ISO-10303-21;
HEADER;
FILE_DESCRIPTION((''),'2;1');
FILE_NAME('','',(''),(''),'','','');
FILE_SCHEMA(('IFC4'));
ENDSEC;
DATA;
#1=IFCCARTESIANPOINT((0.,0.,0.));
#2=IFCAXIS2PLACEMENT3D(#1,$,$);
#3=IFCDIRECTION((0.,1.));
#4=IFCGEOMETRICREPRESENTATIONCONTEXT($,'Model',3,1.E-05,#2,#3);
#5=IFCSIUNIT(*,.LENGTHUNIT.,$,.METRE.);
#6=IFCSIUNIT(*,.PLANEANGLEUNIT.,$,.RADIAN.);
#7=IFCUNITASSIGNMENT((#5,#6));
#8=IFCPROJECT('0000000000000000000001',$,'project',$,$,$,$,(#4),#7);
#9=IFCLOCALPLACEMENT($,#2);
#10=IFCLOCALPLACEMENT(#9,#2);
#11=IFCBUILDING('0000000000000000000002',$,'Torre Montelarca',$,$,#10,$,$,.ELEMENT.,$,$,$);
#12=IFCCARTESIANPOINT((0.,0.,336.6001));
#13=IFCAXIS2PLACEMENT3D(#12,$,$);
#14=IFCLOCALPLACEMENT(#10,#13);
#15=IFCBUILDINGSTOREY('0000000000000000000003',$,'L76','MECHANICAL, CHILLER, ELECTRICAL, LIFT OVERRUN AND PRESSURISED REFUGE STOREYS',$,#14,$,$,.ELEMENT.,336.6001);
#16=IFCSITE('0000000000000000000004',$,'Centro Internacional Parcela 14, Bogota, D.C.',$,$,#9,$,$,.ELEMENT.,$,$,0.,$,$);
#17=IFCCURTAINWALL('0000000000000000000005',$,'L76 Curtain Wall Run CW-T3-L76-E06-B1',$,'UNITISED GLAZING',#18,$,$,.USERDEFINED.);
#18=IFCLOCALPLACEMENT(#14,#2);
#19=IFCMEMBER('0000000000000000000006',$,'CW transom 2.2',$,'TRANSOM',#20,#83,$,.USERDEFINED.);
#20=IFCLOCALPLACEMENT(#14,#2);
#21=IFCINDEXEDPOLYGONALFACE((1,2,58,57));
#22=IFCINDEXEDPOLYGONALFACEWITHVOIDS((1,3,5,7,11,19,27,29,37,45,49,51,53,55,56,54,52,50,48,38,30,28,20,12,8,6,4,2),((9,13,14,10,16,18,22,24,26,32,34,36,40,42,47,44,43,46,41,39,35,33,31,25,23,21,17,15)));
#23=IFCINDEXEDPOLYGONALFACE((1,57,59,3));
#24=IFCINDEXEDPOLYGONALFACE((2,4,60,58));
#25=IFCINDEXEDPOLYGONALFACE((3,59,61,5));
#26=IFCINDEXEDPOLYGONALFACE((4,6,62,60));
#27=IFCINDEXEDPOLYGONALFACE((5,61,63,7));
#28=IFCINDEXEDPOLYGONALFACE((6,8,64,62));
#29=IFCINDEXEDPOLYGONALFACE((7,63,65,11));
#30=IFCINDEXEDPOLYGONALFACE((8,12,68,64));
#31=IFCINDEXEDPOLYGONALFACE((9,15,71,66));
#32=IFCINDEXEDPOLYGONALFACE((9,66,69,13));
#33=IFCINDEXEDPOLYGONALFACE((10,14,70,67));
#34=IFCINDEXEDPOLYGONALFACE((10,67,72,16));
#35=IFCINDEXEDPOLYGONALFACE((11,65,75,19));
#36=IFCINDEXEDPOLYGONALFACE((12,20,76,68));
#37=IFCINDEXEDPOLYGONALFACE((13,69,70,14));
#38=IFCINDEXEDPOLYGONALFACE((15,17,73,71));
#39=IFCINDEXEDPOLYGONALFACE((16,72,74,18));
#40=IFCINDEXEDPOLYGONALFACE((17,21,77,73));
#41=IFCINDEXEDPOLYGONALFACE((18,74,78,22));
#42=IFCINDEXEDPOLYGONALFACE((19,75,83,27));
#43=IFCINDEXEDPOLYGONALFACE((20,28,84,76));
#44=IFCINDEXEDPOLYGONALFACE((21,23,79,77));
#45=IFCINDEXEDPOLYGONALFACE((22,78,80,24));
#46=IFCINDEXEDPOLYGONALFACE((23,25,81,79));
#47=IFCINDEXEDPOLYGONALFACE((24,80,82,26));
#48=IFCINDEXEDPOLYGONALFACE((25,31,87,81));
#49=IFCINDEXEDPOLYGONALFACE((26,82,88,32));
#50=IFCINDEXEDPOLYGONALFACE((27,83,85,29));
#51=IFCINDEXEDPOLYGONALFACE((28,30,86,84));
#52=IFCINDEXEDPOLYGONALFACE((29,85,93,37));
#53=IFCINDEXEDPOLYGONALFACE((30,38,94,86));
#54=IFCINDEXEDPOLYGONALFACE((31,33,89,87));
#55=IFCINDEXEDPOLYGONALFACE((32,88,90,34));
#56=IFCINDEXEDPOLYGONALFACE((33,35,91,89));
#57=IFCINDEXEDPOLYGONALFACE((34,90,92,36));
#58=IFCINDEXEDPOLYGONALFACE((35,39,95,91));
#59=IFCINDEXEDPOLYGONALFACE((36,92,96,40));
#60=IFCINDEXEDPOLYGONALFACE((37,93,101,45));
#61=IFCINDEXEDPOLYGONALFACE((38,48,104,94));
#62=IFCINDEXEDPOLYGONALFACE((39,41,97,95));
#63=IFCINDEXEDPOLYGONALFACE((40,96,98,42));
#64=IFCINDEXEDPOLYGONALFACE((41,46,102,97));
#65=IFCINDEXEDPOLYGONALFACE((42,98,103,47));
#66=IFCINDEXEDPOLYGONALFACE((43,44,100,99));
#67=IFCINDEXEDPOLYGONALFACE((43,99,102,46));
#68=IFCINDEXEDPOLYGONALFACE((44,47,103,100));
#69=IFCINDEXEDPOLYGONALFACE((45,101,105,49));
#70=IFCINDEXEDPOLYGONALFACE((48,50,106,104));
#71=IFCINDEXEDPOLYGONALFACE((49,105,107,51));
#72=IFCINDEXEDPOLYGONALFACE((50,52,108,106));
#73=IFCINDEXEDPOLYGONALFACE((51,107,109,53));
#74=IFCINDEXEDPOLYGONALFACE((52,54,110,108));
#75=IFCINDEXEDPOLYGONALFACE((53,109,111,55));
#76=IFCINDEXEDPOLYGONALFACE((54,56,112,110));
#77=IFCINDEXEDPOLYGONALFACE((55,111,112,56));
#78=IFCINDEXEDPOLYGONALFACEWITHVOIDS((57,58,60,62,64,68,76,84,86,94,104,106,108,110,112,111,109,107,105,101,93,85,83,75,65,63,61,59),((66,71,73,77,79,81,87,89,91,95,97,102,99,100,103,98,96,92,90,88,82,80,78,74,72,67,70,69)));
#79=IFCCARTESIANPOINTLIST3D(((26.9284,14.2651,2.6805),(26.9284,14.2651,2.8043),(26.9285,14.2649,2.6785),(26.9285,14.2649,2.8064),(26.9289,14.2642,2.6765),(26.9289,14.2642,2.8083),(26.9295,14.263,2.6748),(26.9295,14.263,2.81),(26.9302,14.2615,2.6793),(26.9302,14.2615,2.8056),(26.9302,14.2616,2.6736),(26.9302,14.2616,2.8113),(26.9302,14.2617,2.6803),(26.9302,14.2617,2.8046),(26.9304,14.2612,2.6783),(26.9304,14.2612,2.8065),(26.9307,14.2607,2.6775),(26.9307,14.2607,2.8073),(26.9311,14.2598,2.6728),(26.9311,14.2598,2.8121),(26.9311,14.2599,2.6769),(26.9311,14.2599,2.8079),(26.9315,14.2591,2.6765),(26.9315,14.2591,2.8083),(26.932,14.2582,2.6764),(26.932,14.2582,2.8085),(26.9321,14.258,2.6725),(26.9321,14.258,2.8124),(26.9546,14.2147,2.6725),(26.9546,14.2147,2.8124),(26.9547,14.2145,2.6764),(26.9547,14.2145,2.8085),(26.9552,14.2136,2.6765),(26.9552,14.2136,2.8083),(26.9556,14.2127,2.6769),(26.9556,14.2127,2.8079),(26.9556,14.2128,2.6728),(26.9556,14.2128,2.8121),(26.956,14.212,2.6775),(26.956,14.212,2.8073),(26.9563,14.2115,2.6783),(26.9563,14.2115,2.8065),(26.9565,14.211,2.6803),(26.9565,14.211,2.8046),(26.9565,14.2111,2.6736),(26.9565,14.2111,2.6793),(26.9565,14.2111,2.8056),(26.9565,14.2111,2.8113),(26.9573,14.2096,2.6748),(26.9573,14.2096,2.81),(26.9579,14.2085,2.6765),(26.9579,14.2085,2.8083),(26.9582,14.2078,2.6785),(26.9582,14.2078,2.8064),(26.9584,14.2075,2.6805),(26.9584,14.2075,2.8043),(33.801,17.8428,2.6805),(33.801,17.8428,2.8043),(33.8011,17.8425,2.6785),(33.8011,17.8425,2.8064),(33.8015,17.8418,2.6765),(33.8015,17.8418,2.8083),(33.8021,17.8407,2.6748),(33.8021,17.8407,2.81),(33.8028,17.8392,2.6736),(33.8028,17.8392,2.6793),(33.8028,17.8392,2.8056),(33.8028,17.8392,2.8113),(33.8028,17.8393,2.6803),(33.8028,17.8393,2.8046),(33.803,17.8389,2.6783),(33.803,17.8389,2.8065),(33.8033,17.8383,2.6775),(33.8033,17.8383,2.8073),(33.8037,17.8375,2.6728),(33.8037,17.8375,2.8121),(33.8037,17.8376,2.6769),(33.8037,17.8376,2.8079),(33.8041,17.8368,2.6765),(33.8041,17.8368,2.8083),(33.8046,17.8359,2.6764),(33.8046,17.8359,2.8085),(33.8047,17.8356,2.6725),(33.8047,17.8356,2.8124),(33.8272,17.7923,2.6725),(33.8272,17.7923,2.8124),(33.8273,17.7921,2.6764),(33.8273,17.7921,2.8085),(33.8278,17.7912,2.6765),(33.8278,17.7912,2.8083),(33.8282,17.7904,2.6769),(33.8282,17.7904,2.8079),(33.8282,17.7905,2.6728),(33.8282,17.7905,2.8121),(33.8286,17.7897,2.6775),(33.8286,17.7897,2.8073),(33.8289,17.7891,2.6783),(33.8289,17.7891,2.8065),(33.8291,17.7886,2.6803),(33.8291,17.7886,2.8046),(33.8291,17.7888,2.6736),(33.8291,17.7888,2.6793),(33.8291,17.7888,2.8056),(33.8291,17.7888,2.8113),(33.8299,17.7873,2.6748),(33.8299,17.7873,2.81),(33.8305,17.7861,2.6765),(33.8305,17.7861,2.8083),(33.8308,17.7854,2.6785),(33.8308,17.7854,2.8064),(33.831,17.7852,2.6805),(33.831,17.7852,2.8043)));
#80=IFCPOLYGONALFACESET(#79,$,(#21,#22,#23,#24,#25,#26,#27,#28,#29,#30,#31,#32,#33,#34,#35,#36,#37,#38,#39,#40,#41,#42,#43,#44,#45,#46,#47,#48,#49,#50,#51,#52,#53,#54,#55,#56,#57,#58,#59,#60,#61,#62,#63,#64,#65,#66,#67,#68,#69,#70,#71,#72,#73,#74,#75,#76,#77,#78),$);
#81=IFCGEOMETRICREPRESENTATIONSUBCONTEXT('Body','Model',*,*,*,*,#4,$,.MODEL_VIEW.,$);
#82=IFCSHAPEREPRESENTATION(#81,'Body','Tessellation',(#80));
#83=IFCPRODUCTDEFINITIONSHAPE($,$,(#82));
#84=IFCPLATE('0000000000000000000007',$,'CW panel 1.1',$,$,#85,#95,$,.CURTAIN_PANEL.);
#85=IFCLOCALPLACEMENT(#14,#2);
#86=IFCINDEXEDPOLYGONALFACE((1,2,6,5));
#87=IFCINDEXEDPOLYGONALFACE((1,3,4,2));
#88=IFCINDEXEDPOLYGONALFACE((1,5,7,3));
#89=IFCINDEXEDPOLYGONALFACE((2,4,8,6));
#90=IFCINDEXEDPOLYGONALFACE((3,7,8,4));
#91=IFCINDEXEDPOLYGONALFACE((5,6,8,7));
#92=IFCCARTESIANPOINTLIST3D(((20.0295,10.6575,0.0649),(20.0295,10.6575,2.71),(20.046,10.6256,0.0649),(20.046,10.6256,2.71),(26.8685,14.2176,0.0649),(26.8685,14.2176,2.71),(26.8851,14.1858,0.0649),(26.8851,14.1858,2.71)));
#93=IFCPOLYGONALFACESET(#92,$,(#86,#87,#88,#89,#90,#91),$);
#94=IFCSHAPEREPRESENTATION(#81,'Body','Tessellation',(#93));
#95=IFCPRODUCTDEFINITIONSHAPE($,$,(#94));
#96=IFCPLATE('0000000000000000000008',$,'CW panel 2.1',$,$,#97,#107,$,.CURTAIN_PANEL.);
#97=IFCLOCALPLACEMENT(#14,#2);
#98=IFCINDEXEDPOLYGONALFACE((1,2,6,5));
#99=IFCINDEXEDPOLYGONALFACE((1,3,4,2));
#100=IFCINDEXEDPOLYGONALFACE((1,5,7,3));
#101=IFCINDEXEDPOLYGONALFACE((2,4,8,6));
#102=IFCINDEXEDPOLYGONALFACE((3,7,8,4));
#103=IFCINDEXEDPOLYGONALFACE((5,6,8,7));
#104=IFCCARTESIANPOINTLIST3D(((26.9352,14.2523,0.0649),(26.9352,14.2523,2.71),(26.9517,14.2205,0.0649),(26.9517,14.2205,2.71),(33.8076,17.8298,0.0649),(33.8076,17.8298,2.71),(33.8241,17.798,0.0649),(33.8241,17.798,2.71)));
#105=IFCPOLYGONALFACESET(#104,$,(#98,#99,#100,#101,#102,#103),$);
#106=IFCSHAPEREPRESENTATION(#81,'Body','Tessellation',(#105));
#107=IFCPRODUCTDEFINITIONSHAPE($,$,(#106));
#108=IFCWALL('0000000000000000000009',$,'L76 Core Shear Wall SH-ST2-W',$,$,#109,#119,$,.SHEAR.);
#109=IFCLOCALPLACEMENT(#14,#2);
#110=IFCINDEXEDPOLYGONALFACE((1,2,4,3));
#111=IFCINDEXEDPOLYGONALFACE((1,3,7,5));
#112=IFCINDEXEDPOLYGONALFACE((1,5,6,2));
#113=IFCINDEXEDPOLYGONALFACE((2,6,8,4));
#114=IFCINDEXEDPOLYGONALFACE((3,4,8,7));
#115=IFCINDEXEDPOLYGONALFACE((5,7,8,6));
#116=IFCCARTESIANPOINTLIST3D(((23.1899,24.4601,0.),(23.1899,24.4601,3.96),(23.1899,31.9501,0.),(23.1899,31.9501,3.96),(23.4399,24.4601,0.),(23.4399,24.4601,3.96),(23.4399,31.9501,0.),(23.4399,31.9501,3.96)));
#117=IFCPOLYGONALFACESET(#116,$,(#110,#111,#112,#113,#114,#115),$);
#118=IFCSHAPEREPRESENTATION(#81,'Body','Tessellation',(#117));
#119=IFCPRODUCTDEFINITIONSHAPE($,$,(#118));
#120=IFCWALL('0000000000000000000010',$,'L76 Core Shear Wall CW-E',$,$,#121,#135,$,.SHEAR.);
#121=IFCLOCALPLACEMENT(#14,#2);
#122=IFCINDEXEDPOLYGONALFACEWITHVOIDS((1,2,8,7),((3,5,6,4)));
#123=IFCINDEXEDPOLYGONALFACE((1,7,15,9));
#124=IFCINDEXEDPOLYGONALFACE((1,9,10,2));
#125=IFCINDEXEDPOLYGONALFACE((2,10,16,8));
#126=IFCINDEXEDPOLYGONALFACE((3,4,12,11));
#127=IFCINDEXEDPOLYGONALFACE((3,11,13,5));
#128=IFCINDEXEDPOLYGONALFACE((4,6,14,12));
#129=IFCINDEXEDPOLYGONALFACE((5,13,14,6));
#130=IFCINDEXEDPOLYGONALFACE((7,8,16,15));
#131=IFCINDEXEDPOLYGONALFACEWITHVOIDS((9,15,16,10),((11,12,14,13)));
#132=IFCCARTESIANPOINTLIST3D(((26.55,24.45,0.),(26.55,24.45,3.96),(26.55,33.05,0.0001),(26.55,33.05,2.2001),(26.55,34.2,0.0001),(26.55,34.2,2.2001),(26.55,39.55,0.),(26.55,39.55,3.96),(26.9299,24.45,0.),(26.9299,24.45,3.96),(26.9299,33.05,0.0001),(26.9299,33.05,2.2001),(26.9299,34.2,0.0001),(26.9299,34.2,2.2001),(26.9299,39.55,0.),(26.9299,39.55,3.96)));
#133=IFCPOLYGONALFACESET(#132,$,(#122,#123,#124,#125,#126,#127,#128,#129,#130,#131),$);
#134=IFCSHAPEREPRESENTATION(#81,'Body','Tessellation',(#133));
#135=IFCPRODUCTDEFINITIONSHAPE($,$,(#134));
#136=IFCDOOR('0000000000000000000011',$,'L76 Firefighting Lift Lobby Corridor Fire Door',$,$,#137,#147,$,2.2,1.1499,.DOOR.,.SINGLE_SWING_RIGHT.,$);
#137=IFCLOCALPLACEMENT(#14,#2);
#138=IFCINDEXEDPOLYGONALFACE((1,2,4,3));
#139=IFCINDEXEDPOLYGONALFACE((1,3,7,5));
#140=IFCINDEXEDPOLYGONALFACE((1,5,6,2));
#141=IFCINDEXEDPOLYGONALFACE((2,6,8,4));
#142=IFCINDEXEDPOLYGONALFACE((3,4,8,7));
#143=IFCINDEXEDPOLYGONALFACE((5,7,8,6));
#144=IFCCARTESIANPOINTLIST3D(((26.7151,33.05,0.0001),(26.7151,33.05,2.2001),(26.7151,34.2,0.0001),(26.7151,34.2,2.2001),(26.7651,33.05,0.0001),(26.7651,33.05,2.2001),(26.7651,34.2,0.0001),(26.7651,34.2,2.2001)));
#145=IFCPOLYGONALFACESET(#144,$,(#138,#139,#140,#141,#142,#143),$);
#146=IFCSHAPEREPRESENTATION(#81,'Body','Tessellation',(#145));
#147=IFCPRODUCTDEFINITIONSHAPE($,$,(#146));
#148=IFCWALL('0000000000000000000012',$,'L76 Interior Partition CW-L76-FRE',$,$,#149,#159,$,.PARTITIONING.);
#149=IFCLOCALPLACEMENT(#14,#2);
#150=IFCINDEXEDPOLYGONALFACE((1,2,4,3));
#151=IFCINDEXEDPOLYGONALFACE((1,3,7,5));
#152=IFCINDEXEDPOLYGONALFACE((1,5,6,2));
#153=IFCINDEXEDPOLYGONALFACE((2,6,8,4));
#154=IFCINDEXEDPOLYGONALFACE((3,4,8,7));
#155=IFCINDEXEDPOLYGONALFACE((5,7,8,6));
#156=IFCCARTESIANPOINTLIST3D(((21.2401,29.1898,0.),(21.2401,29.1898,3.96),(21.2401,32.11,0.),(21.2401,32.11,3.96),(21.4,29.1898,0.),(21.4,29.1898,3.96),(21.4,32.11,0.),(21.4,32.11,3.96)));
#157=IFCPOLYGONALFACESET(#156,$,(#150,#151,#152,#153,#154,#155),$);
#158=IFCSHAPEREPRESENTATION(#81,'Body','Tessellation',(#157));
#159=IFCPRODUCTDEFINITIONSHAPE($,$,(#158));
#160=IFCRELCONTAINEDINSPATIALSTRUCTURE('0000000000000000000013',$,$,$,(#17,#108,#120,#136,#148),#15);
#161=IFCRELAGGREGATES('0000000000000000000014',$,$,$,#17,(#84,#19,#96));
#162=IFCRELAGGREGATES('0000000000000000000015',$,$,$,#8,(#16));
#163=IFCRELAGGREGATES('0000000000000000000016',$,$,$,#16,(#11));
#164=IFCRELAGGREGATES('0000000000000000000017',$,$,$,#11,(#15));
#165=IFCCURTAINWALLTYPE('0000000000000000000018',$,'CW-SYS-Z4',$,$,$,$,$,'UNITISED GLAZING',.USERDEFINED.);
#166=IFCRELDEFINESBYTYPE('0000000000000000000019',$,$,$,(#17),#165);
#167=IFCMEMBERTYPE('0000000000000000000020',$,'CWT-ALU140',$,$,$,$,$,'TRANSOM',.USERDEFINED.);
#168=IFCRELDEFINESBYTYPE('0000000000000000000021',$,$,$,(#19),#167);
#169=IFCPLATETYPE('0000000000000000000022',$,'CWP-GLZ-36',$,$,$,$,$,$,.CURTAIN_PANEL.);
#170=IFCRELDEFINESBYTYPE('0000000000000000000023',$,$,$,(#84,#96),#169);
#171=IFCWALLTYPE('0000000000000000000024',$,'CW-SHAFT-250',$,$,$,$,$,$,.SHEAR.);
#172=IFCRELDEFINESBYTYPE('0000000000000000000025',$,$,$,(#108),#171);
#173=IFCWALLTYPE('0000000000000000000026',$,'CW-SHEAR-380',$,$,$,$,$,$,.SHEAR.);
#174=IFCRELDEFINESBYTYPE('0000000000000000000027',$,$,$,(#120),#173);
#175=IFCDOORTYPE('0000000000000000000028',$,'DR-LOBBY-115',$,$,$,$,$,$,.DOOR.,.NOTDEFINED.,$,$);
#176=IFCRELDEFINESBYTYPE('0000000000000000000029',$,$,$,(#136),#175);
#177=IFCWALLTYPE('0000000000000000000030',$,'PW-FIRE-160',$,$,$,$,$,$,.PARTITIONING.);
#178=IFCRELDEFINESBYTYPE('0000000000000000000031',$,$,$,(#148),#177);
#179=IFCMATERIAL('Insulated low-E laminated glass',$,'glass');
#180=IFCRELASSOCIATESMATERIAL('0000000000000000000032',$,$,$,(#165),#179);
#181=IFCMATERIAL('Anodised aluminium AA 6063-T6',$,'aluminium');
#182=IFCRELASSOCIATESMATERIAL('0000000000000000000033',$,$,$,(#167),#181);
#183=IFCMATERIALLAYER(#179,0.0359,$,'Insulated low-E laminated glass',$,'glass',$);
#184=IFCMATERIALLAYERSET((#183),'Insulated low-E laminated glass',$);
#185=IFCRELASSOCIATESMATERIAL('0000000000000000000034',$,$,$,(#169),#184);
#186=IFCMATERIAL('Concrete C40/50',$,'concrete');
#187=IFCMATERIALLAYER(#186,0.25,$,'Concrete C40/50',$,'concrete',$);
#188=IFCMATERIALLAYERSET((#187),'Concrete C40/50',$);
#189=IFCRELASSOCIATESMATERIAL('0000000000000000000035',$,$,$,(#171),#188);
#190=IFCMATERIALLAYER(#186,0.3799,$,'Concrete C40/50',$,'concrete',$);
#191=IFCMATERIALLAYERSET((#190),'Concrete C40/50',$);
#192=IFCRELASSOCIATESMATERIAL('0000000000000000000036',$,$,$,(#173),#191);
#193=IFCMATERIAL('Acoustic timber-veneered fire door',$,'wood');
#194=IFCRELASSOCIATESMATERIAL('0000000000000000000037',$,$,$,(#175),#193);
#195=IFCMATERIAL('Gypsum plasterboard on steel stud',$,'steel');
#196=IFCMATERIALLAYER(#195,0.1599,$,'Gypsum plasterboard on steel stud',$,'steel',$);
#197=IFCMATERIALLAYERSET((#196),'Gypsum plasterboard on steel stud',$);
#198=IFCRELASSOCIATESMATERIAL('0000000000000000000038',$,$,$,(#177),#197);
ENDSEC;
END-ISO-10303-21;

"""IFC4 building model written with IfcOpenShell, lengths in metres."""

from ifc_helpers import new_model, si_unit, direction, frame, frame_2d, origin, origin_2d, place, context, subcontext, project, spatial, rectangle, hollow_rectangle, extrude, source, transform, mapped, material, layer, layer_set, material_profile, profile_set, type_object, element, fill, aggregate, save


model = new_model("IFC4")

# Units and contexts
model_context = context("Model", 3, precision=1e-05, world=origin(), true_north=direction((0.0, 1.0)))
body_context = subcontext(model_context, "Body", "Model", "MODEL_VIEW")
ifc_project = project(units=[si_unit("LENGTHUNIT", "METRE"), si_unit("PLANEANGLEUNIT", "RADIAN")], contexts=[model_context])

# Site, building, storey
site_placement = place(None, origin())
site = spatial("IfcSite", under=ifc_project, at=site_placement, Name="Centro Internacional Parcela 14, Bogota, D.C.", CompositionType="ELEMENT", RefElevation=0.0)
building_placement = place(site_placement, origin())
building = spatial("IfcBuilding", under=site, at=building_placement, Name="Torre Montelarca", CompositionType="ELEMENT")
storey_placement = place(building_placement, frame((0.0, 0.0, 336.6001)))
storey = spatial("IfcBuildingStorey", under=building, at=storey_placement, Name="L76", Description="MECHANICAL, CHILLER, ELECTRICAL, LIFT OVERRUN AND PRESSURISED REFUGE STOREYS", CompositionType="ELEMENT", Elevation=336.6001)

# Curtain wall, member, plates
ifc_material_1 = material(Name="Insulated low-E laminated glass", Category="glass")
curtain_wall_type = type_object("IfcCurtainWallType", Name="CW-SYS-Z4", ElementType="UNITISED GLAZING", PredefinedType="USERDEFINED", material=ifc_material_1)
curtain_wall_placement = place(storey_placement, origin())
curtain_wall = element("IfcCurtainWall", 1, at=curtain_wall_placement, inside=storey, type_object=curtain_wall_type, Name="L76 Curtain Wall Run CW-T3-L76-E06-B1", ObjectType="UNITISED GLAZING", PredefinedType="USERDEFINED")
ifc_material_2 = material(Name="Anodised aluminium AA 6063-T6", Category="aluminium")
ifc_material_profile_1 = material_profile(ifc_material_2, hollow_rectangle(XDim=0.0649, YDim=0.1399, WallThickness=0.0039, InnerFilletRadius=0.0039, OuterFilletRadius=0.0081, at=origin_2d()), Name="ALU65X140X4", Category="aluminium")
ifc_profile_set_1 = profile_set([ifc_material_profile_1], Name="Anodised aluminium AA 6063-T6")
member_type_1 = type_object("IfcMemberType", Name="CWT-ALU140", ElementType="TRANSOM", PredefinedType="USERDEFINED", material=ifc_profile_set_1)
shared_shape_1 = source(origin(), body_context, "Body", "SweptSolid", [
    extrude(hollow_rectangle(XDim=0.0649, YDim=0.1399, WallThickness=0.0039, InnerFilletRadius=0.0039, OuterFilletRadius=0.0081, at=origin_2d()), origin(), (0.0, 0.0, 1.0), 7.748),
])
member_1_placement = place(storey_placement, frame((26.9434, 14.2363, 2.7424), z_axis=(0.88701, 0.46175, 0.0), x_axis=(-0.46175, 0.88701, 0.0)))
member_1 = element("IfcMember", 2, at=member_1_placement, type_object=member_type_1, Name="CW transom 2.2", ObjectType="TRANSOM", PredefinedType="USERDEFINED", context=body_context, shape_type="MappedRepresentation", body=[
    mapped(shared_shape_1, transform((0.0, 0.0, 0.0), scale=1.0)),
])
ifc_layer_1 = layer(ifc_material_1, 0.0359, Name="Insulated low-E laminated glass", Category="glass")
ifc_layer_set_1 = layer_set([ifc_layer_1], Name="Insulated low-E laminated glass")
plate_type = type_object("IfcPlateType", Name="CWP-GLZ-36", PredefinedType="CURTAIN_PANEL", material=ifc_layer_set_1)
shared_shape_2 = source(origin(), body_context, "Body", "SweptSolid", [
    extrude(rectangle(XDim=7.7102, YDim=0.0359, at=origin_2d()), origin(), (0.0, 0.0, 1.0), 2.645),
])
plate_1_placement = place(storey_placement, frame((23.4573, 12.4216, 0.0649), z_axis=(0.0, 0.0, 1.0), x_axis=(0.887012, 0.461746, 0.0)))
plate_1 = element("IfcPlate", 3, at=plate_1_placement, type_object=plate_type, Name="CW panel 1.1", PredefinedType="CURTAIN_PANEL", context=body_context, shape_type="MappedRepresentation", body=[
    mapped(shared_shape_2, transform((0.0, 0.0, 0.0), scale=1.0)),
])
shared_shape_3 = source(origin(), body_context, "Body", "SweptSolid", [
    extrude(rectangle(XDim=7.7478, YDim=0.0359, at=origin_2d()), origin(), (0.0, 0.0, 1.0), 2.645),
])
plate_2_placement = place(storey_placement, frame((30.3796, 16.0251, 0.0649), z_axis=(0.0, 0.0, 1.0), x_axis=(0.887012, 0.461746, 0.0)))
plate_2 = element("IfcPlate", 4, at=plate_2_placement, type_object=plate_type, Name="CW panel 2.1", PredefinedType="CURTAIN_PANEL", context=body_context, shape_type="MappedRepresentation", body=[
    mapped(shared_shape_3, transform((0.0, 0.0, 0.0), scale=1.0)),
])
aggregate(curtain_wall, [plate_1, member_1, plate_2])

# Wall
ifc_material_3 = material(Name="Concrete C40/50", Category="concrete")
ifc_layer_2 = layer(ifc_material_3, 0.25, Name="Concrete C40/50", Category="concrete")
ifc_layer_set_2 = layer_set([ifc_layer_2], Name="Concrete C40/50")
wall_type_1 = type_object("IfcWallType", Name="CW-SHAFT-250", PredefinedType="SHEAR", material=ifc_layer_set_2)
wall_1_placement = place(storey_placement, frame((23.3149, 24.46, 0.0), z_axis=(0.0, 0.0, 1.0), x_axis=(0.0, 1.0, 0.0)))
element("IfcWall", 5, at=wall_1_placement, inside=storey, type_object=wall_type_1, Name="L76 Core Shear Wall SH-ST2-W", PredefinedType="SHEAR", context=body_context, shape_type="SweptSolid", body=[
    extrude(rectangle(XDim=7.49, YDim=0.25, at=frame_2d((3.7451, 0.0))), origin(), (0.0, 0.0, 1.0), 3.96),
])

# Wall, opening, door
ifc_layer_3 = layer(ifc_material_3, 0.3799, Name="Concrete C40/50", Category="concrete")
ifc_layer_set_3 = layer_set([ifc_layer_3], Name="Concrete C40/50")
wall_type_2 = type_object("IfcWallType", Name="CW-SHEAR-380", PredefinedType="SHEAR", material=ifc_layer_set_3)
wall_2_placement = place(storey_placement, frame((26.74, 24.45, 0.0), z_axis=(0.0, 0.0, 1.0), x_axis=(0.0, 1.0, 0.0)))
wall_2 = element("IfcWall", 6, at=wall_2_placement, inside=storey, type_object=wall_type_2, Name="L76 Core Shear Wall CW-E", PredefinedType="SHEAR", context=body_context, shape_type="SweptSolid", body=[
    extrude(rectangle(XDim=15.1001, YDim=0.3799, at=frame_2d((7.55, 0.0))), origin(), (0.0, 0.0, 1.0), 3.96),
])
opening_1_placement = place(wall_2_placement, frame((8.6001, 0.0, 0.0)))
opening_1 = element("IfcOpeningElement", 7, at=opening_1_placement, cuts=wall_2, PredefinedType="OPENING", context=body_context, shape_type="SweptSolid", body=[
    extrude(rectangle(XDim=1.1499, YDim=2.2, at=frame_2d((0.575, 1.1001))), frame((0.0, 0.2, 0.0), z_axis=(0.0, -1.0, 0.0), x_axis=(1.0, 0.0, 0.0)), (0.0, 0.0, 1.0), 0.3999),
])
ifc_material_4 = material(Name="Acoustic timber-veneered fire door", Category="wood")
door_type_1 = type_object("IfcDoorType", Name="DR-LOBBY-115", OperationType="NOTDEFINED", PredefinedType="DOOR", material=ifc_material_4)
shared_shape_4 = source(origin(), body_context, "Body", "SweptSolid", [
    extrude(rectangle(XDim=1.1499, YDim=2.2, at=frame_2d((0.575, 1.1001))), frame((0.0, 0.0249, 0.0), z_axis=(0.0, -1.0, 0.0), x_axis=(1.0, 0.0, 0.0)), (0.0, 0.0, 1.0), 0.05),
])
door_1_placement = place(opening_1_placement, origin())
door_1 = element("IfcDoor", 8, at=door_1_placement, inside=storey, type_object=door_type_1, Name="L76 Firefighting Lift Lobby Corridor Fire Door", OperationType="SINGLE_SWING_RIGHT", OverallHeight=2.2, OverallWidth=1.1499, PredefinedType="DOOR", context=body_context, shape_type="MappedRepresentation", body=[
    mapped(shared_shape_4, transform((0.0, 0.0, 0.0), scale=1.0)),
])
fill(opening_1, door_1)

# Wall
ifc_material_5 = material(Name="Gypsum plasterboard on steel stud", Category="steel")
ifc_layer_4 = layer(ifc_material_5, 0.1599, Name="Gypsum plasterboard on steel stud", Category="steel")
ifc_layer_set_4 = layer_set([ifc_layer_4], Name="Gypsum plasterboard on steel stud")
wall_type_3 = type_object("IfcWallType", Name="PW-FIRE-160", PredefinedType="PARTITIONING", material=ifc_layer_set_4)
wall_3_placement = place(storey_placement, frame((21.3201, 29.1899, 0.0), z_axis=(0.0, 0.0, 1.0), x_axis=(0.0, 1.0, 0.0)))
element("IfcWall", 9, at=wall_3_placement, inside=storey, type_object=wall_type_3, Name="L76 Interior Partition CW-L76-FRE", PredefinedType="PARTITIONING", context=body_context, shape_type="SweptSolid", body=[
    extrude(rectangle(XDim=2.9202, YDim=0.1599, at=frame_2d((1.46, 0.0))), origin(), (0.0, 0.0, 1.0), 3.96),
])

save(model, "model.ifc")
